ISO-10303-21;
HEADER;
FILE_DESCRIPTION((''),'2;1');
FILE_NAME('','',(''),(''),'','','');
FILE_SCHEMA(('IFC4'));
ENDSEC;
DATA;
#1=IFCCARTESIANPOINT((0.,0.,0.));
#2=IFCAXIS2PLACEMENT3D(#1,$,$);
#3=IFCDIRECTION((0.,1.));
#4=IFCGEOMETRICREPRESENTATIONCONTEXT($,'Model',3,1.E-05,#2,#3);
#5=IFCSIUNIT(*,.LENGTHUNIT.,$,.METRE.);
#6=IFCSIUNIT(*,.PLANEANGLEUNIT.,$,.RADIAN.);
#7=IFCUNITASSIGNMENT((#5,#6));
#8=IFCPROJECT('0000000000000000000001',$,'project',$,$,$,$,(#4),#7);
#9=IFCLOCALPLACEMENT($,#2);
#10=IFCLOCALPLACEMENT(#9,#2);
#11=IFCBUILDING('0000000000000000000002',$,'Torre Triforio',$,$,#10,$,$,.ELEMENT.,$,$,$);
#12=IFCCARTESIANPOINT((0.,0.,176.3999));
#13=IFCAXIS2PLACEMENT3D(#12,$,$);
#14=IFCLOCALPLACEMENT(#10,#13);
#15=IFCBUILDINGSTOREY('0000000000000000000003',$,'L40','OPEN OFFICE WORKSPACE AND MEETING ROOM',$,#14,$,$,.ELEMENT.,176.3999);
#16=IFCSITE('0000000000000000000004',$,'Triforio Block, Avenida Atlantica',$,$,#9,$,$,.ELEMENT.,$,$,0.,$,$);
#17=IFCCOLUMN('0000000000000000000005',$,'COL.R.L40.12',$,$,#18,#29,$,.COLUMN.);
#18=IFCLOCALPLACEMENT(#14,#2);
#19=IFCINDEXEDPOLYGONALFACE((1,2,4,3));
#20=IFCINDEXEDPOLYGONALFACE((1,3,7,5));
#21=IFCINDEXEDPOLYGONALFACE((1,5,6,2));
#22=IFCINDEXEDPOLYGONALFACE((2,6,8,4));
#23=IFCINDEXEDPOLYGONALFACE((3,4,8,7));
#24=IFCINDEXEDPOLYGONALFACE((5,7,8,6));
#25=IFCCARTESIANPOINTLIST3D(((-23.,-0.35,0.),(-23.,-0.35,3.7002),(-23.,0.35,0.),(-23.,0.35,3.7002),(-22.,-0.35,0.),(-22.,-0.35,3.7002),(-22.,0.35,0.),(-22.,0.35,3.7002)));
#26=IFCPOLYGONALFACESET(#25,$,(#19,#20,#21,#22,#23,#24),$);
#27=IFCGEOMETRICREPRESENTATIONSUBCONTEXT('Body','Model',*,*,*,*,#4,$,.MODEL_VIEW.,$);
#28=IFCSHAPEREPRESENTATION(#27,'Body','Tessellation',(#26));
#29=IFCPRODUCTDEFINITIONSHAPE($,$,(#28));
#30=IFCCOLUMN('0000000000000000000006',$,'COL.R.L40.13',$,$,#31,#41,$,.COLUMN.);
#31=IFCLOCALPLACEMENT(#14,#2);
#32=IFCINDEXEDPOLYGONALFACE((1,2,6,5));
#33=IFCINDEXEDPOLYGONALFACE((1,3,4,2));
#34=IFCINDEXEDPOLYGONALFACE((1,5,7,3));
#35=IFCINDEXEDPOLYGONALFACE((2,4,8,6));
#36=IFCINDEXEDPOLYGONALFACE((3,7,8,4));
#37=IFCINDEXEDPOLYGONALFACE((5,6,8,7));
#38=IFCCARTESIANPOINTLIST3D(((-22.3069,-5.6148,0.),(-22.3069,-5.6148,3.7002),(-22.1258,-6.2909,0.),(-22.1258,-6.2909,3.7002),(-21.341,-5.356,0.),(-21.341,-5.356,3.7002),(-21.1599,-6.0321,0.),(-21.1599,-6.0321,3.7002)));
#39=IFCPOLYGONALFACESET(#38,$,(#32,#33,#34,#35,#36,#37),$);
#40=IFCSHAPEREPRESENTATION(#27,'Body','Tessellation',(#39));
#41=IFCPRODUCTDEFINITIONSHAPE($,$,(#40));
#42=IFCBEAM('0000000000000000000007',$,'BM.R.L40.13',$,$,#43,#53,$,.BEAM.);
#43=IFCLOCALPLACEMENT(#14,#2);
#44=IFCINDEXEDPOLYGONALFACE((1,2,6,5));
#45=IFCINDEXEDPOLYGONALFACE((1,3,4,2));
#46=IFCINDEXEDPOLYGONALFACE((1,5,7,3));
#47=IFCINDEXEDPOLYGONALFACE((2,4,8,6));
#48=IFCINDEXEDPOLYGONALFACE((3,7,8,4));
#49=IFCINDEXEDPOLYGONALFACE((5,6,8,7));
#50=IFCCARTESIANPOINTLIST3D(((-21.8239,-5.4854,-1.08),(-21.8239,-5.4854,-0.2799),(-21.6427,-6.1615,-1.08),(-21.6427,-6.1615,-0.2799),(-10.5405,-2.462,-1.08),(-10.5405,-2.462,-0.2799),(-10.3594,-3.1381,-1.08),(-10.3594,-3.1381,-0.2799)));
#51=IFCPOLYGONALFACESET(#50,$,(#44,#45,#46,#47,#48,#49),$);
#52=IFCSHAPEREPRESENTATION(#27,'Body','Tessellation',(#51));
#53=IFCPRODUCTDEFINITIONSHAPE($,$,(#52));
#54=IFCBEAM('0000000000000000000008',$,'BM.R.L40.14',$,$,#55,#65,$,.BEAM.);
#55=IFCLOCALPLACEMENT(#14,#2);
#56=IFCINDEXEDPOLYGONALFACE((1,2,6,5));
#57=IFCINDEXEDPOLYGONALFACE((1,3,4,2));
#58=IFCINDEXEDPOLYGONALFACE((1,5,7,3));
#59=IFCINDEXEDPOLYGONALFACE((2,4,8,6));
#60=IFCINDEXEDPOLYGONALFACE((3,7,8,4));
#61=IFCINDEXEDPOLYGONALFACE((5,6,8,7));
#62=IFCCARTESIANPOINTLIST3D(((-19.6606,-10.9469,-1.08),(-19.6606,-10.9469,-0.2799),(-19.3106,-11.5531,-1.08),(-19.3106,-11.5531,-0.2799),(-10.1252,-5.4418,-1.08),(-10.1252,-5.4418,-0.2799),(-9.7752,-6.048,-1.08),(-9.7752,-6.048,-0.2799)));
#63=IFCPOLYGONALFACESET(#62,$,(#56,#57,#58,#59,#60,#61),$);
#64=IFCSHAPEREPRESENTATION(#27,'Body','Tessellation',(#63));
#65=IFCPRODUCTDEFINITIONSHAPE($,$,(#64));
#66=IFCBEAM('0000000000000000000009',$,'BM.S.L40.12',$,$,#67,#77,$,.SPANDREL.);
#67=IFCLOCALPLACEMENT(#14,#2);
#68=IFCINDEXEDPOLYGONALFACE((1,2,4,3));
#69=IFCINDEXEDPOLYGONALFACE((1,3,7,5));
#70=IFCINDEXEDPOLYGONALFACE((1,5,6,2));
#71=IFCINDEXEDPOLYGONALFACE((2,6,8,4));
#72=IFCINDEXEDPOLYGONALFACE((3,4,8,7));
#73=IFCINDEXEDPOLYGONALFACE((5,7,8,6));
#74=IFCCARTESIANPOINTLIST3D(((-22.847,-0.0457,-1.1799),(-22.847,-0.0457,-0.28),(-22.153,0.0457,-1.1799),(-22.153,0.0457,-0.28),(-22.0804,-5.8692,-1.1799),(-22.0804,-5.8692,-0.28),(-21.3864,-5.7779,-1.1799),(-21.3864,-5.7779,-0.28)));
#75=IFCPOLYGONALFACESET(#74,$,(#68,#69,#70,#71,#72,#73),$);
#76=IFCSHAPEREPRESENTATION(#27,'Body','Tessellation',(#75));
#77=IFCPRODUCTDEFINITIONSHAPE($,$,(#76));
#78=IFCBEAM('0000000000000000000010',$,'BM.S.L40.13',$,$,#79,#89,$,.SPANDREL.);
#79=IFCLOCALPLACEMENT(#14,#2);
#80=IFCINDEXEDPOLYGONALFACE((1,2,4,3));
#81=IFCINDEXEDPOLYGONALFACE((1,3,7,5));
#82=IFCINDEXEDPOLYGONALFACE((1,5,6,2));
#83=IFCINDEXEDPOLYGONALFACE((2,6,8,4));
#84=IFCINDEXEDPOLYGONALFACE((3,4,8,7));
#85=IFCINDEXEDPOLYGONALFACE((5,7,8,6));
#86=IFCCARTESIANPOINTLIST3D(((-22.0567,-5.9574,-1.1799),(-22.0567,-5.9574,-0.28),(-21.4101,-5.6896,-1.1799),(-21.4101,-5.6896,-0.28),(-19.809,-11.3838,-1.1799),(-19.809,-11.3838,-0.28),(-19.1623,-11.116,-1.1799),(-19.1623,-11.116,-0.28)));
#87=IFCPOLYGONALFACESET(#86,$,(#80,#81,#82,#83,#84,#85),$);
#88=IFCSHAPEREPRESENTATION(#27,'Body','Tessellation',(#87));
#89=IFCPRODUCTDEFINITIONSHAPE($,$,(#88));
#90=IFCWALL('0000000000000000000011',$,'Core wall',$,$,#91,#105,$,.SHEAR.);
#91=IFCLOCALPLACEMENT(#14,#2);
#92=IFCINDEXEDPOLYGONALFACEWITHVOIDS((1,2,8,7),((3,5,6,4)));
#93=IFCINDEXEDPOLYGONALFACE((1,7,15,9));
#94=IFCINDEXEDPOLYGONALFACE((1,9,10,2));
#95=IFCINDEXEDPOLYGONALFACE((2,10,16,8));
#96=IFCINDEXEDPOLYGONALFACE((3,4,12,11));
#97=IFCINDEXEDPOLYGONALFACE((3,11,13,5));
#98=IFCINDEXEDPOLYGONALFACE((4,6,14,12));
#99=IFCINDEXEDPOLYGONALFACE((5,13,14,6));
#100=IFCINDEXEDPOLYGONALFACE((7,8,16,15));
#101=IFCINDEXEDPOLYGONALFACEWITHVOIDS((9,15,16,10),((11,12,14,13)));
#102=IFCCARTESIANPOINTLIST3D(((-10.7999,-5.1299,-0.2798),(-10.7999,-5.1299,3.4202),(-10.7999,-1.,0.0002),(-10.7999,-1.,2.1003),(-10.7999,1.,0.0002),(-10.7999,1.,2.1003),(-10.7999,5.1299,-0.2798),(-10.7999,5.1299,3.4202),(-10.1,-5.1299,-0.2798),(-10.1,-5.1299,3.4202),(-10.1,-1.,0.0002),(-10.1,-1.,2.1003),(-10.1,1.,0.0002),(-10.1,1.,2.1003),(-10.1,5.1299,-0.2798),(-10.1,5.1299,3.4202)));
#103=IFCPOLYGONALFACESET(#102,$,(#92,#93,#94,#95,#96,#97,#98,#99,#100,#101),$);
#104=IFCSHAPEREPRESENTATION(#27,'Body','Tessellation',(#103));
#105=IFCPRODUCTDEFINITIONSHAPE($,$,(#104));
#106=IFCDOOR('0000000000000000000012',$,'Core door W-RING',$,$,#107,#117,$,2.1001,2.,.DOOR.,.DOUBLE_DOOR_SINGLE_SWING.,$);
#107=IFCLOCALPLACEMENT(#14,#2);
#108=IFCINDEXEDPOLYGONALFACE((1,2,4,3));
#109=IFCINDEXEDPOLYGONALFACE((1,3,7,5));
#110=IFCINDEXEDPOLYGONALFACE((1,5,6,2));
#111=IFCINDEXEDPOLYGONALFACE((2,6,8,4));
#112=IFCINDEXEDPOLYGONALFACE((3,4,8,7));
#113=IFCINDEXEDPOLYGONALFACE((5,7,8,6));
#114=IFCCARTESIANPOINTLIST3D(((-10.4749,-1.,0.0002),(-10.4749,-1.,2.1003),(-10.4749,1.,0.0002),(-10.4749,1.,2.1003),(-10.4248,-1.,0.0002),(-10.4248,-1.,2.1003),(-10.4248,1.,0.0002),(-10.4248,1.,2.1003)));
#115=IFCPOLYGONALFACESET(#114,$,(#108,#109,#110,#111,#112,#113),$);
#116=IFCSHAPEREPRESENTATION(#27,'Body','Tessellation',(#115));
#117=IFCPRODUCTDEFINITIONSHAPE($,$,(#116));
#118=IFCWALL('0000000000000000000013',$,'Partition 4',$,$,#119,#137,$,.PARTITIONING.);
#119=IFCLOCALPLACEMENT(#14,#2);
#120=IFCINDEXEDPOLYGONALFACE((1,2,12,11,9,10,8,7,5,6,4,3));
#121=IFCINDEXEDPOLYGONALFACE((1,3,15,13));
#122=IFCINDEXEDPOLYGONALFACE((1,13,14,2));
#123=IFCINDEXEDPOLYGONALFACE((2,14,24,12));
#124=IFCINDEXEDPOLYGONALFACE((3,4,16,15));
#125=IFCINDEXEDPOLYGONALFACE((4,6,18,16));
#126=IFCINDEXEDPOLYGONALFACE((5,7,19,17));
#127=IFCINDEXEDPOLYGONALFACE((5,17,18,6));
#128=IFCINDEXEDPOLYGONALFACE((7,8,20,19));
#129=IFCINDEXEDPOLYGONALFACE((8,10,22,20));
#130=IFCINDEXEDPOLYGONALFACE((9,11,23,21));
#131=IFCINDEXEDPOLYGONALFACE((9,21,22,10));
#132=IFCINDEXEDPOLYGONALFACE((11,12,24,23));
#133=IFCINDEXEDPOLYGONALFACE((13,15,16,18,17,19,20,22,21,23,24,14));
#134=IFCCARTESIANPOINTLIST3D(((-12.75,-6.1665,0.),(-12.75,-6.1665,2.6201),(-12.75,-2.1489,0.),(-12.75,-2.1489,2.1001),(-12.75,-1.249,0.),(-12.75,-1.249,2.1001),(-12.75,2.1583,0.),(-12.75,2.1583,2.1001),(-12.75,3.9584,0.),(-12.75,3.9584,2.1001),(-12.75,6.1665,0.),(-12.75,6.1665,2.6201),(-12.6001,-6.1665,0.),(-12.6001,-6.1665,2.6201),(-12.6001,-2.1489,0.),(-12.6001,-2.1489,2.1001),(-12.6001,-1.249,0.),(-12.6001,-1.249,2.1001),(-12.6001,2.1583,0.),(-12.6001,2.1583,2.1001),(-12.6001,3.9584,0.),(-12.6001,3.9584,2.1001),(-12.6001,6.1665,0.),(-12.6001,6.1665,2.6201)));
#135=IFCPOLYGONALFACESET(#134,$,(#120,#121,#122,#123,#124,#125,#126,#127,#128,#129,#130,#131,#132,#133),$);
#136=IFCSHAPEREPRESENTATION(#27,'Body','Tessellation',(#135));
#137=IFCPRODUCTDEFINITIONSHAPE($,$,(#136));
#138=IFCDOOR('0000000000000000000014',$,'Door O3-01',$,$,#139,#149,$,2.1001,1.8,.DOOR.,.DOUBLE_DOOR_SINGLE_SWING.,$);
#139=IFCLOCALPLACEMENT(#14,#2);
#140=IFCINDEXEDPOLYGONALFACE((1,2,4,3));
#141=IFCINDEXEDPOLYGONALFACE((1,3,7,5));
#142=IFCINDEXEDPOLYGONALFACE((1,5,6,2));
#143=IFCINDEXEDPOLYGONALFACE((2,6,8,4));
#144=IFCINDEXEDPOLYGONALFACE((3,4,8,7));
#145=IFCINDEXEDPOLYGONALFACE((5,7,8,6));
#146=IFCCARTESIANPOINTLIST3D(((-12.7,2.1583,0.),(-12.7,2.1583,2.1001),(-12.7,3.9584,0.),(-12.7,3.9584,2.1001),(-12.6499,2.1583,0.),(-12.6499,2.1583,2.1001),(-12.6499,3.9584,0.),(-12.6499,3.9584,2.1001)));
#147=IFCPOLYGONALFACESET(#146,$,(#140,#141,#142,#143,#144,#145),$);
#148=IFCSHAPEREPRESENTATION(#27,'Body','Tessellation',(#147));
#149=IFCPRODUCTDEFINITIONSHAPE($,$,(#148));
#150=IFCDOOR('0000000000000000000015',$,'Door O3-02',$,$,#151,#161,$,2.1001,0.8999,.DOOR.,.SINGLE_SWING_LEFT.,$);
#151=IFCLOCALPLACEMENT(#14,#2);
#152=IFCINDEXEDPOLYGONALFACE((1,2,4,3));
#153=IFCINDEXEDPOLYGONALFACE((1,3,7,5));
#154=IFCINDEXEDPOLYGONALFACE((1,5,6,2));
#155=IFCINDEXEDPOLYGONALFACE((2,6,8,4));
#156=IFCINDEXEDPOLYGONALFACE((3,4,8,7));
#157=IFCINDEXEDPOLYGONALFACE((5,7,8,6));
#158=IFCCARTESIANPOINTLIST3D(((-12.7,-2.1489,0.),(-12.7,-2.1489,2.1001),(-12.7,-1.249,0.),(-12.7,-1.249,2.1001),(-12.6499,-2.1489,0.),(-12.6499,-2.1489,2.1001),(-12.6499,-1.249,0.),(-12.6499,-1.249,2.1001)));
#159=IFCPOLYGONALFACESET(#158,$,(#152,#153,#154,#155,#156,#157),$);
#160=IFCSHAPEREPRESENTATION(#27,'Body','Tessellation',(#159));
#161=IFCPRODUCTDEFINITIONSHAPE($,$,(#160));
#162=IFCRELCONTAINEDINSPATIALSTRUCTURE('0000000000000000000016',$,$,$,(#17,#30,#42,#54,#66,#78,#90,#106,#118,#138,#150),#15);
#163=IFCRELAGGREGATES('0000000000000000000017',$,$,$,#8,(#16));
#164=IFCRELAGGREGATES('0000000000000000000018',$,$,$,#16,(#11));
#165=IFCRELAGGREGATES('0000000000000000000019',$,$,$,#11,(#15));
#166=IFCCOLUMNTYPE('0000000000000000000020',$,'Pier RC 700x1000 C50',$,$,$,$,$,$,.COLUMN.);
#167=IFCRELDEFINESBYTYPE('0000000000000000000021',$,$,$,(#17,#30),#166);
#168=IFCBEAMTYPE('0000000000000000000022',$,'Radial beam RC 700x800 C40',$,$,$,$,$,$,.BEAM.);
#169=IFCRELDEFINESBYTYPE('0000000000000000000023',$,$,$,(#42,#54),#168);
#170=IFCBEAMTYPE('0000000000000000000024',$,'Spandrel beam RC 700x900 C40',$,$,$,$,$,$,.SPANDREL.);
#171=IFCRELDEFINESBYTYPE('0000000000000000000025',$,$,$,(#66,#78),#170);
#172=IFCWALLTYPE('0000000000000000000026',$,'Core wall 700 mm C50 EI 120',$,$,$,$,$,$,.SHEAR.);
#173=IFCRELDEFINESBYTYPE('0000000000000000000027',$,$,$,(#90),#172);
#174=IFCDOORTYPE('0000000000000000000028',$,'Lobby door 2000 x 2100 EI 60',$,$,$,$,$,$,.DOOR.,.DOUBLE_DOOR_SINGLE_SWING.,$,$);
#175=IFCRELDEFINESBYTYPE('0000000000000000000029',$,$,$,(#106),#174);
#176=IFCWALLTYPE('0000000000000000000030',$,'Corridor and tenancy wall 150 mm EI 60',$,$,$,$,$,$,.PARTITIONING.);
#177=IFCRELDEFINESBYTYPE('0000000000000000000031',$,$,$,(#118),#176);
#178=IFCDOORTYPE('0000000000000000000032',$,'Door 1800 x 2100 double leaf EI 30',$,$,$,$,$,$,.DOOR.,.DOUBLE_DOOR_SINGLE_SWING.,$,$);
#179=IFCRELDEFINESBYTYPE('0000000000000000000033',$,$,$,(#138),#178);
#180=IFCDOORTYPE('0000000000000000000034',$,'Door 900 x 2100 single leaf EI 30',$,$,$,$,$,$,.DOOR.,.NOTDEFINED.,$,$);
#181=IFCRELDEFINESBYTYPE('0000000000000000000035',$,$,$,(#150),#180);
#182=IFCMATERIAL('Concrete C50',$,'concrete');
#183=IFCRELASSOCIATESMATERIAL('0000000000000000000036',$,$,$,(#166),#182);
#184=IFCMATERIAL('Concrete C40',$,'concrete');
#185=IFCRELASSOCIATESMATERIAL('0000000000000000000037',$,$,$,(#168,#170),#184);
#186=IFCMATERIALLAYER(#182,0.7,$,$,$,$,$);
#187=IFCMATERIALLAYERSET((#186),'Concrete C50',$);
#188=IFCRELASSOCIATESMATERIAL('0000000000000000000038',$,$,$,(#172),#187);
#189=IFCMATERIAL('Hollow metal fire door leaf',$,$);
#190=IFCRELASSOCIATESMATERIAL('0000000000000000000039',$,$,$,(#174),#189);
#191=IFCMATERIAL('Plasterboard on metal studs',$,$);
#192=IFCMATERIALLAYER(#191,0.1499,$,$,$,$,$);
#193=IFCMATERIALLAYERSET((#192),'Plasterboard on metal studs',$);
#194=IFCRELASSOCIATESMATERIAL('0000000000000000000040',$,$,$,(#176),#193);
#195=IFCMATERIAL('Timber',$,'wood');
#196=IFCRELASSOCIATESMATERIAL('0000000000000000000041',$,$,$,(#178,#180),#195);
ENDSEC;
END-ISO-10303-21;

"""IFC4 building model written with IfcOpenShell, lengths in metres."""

from ifc_helpers import new_model, si_unit, direction, frame, frame_2d, origin, origin_2d, place, context, subcontext, project, spatial, rectangle, extrude, material, layer, layer_set, material_profile, profile_set, type_object, element, fill, save


model = new_model("IFC4")

# Units and contexts
model_context = context("Model", 3, precision=1e-05, world=origin(), true_north=direction((0.0, 1.0)))
body_context = subcontext(model_context, "Body", "Model", "MODEL_VIEW")
ifc_project = project(units=[si_unit("LENGTHUNIT", "METRE"), si_unit("PLANEANGLEUNIT", "RADIAN")], contexts=[model_context])

# Site, building, storey
site_placement = place(None, origin())
site = spatial("IfcSite", under=ifc_project, at=site_placement, Name="Triforio Block, Avenida Atlantica", CompositionType="ELEMENT", RefElevation=0.0)
building_placement = place(site_placement, origin())
building = spatial("IfcBuilding", under=site, at=building_placement, Name="Torre Triforio", CompositionType="ELEMENT")
storey_placement = place(building_placement, frame((0.0, 0.0, 176.3999)))
storey = spatial("IfcBuildingStorey", under=building, at=storey_placement, Name="L40", Description="OPEN OFFICE WORKSPACE AND MEETING ROOM", CompositionType="ELEMENT", Elevation=176.3999)

# Columns
ifc_material_1 = material(Name="Concrete C50", Category="concrete")
ifc_material_profile_1 = material_profile(ifc_material_1, rectangle(XDim=0.7, YDim=1.0, at=origin_2d()), Name="RC 700x1000")
ifc_profile_set_1 = profile_set([ifc_material_profile_1], Name="Concrete C50")
column_type = type_object("IfcColumnType", Name="Pier RC 700x1000 C50", PredefinedType="COLUMN", material=ifc_profile_set_1)
for number, where, z_axis, x_axis, name in (
    (1, (-22.5, 0.0, 0.0), (0.0, 0.0, 1.0), (0.0, -1.0, 0.0), "COL.R.L40.12"),
    (2, (-21.7334, -5.8235, 0.0), (0.0, 0.0, 1.0), (0.258819, -0.965926, 0.0), "COL.R.L40.13"),
):
    element("IfcColumn", number, at=place(storey_placement, frame(where, z_axis=z_axis, x_axis=x_axis)), inside=storey, type_object=column_type, Name=name, PredefinedType="COLUMN", context=body_context, shape_type="SweptSolid", body=[
        extrude(rectangle(XDim=0.7, YDim=1.0, at=origin_2d()), origin(), (0.0, 0.0, 1.0), 3.7002),
    ])

# Beams
ifc_material_2 = material(Name="Concrete C40", Category="concrete")
ifc_material_profile_2 = material_profile(ifc_material_2, rectangle(XDim=0.7, YDim=0.8, at=origin_2d()), Name="RC 700x800")
ifc_profile_set_2 = profile_set([ifc_material_profile_2], Name="Concrete C40")
beam_type_1 = type_object("IfcBeamType", Name="Radial beam RC 700x800 C40", PredefinedType="BEAM", material=ifc_profile_set_2)
beam_1_placement = place(storey_placement, frame((-10.45, -2.8, -0.6799), z_axis=(-0.965925, -0.258823, 0.0), x_axis=(0.258823, -0.965925, 0.0)))
element("IfcBeam", 3, at=beam_1_placement, inside=storey, type_object=beam_type_1, Name="BM.R.L40.13", PredefinedType="BEAM", context=body_context, shape_type="SweptSolid", body=[
    extrude(rectangle(XDim=0.7, YDim=0.8, at=origin_2d()), origin(), (0.0, 0.0, 1.0), 11.6814),
])
beam_2_placement = place(storey_placement, frame((-9.9502, -5.7449, -0.6799), z_axis=(-0.866031, -0.499991, 0.0), x_axis=(0.499991, -0.866031, 0.0)))
element("IfcBeam", 4, at=beam_2_placement, inside=storey, type_object=beam_type_1, Name="BM.R.L40.14", PredefinedType="BEAM", context=body_context, shape_type="SweptSolid", body=[
    extrude(rectangle(XDim=0.7, YDim=0.8, at=origin_2d()), origin(), (0.0, 0.0, 1.0), 11.0105),
])
ifc_material_profile_3 = material_profile(ifc_material_2, rectangle(XDim=0.7, YDim=0.8999, at=origin_2d()), Name="RC 700x900")
ifc_profile_set_3 = profile_set([ifc_material_profile_3], Name="Concrete C40")
beam_type_2 = type_object("IfcBeamType", Name="Spandrel beam RC 700x900 C40", PredefinedType="SPANDREL", material=ifc_profile_set_3)
beam_3_placement = place(storey_placement, frame((-22.5, 0.0, -0.73), z_axis=(0.130514, -0.991447, 0.0), x_axis=(0.991447, 0.130514, 0.0)))
element("IfcBeam", 5, at=beam_3_placement, inside=storey, type_object=beam_type_2, Name="BM.S.L40.12", PredefinedType="SPANDREL", context=body_context, shape_type="SweptSolid", body=[
    extrude(rectangle(XDim=0.7, YDim=0.8999, at=origin_2d()), origin(), (0.0, 0.0, 1.0), 5.8738),
])
beam_4_placement = place(storey_placement, frame((-21.7334, -5.8235, -0.73), z_axis=(0.382693, -0.923875, 0.0), x_axis=(0.923875, 0.382693, 0.0)))
element("IfcBeam", 6, at=beam_4_placement, inside=storey, type_object=beam_type_2, Name="BM.S.L40.13", PredefinedType="SPANDREL", context=body_context, shape_type="SweptSolid", body=[
    extrude(rectangle(XDim=0.7, YDim=0.8999, at=origin_2d()), origin(), (0.0, 0.0, 1.0), 5.8735),
])

# Wall, opening, door
ifc_layer_1 = layer(ifc_material_1, 0.7)
ifc_layer_set_1 = layer_set([ifc_layer_1], Name="Concrete C50")
wall_type_1 = type_object("IfcWallType", Name="Core wall 700 mm C50 EI 120", PredefinedType="SHEAR", material=ifc_layer_set_1)
wall_1_placement = place(storey_placement, frame((-10.45, -5.1299, -0.2798), z_axis=(0.0, 0.0, 1.0), x_axis=(0.0, 1.0, 0.0)))
wall_1 = element("IfcWall", 7, at=wall_1_placement, inside=storey, type_object=wall_type_1, Name="Core wall", PredefinedType="SHEAR", context=body_context, shape_type="SweptSolid", body=[
    extrude(rectangle(XDim=10.2598, YDim=0.7, at=frame_2d((5.1299, 0.0))), origin(), (0.0, 0.0, 1.0), 3.7),
])
opening_1_placement = place(wall_1_placement, frame((4.1299, 0.0, 0.28)))
opening_1 = element("IfcOpeningElement", 8, at=opening_1_placement, cuts=wall_1, PredefinedType="OPENING", context=body_context, shape_type="SweptSolid", body=[
    extrude(rectangle(XDim=2.0, YDim=2.1001, at=frame_2d((1.0, 1.05))), frame((0.0, 0.3599, 0.0), z_axis=(0.0, -1.0, 0.0), x_axis=(1.0, 0.0, 0.0)), (0.0, 0.0, 1.0), 0.72),
])
ifc_material_3 = material(Name="Hollow metal fire door leaf")
door_type_1 = type_object("IfcDoorType", Name="Lobby door 2000 x 2100 EI 60", OperationType="DOUBLE_DOOR_SINGLE_SWING", PredefinedType="DOOR", material=ifc_material_3)
door_1_placement = place(opening_1_placement, origin())
door_1 = element("IfcDoor", 9, at=door_1_placement, inside=storey, type_object=door_type_1, Name="Core door W-RING", OperationType="DOUBLE_DOOR_SINGLE_SWING", OverallHeight=2.1001, OverallWidth=2.0, PredefinedType="DOOR", context=body_context, shape_type="SweptSolid", body=[
    extrude(rectangle(XDim=2.0, YDim=2.1001, at=frame_2d((1.0, 1.05))), frame((0.0, 0.0249, 0.0), z_axis=(0.0, -1.0, 0.0), x_axis=(1.0, 0.0, 0.0)), (0.0, 0.0, 1.0), 0.05),
])
fill(opening_1, door_1)

# Wall, openings, doors
ifc_material_4 = material(Name="Plasterboard on metal studs")
ifc_layer_2 = layer(ifc_material_4, 0.1499)
ifc_layer_set_2 = layer_set([ifc_layer_2], Name="Plasterboard on metal studs")
wall_type_2 = type_object("IfcWallType", Name="Corridor and tenancy wall 150 mm EI 60", PredefinedType="PARTITIONING", material=ifc_layer_set_2)
wall_2_placement = place(storey_placement, frame((-12.675, -6.1665, 0.0), z_axis=(0.0, 0.0, 1.0), x_axis=(0.0, 1.0, 0.0)))
wall_2 = element("IfcWall", 10, at=wall_2_placement, inside=storey, type_object=wall_type_2, Name="Partition 4", PredefinedType="PARTITIONING", context=body_context, shape_type="SweptSolid", body=[
    extrude(rectangle(XDim=12.333, YDim=0.1499, at=frame_2d((6.1665, 0.0))), origin(), (0.0, 0.0, 1.0), 2.6201),
])
opening_2_placement = place(wall_2_placement, frame((8.325, 0.0, 0.0)))
opening_2 = element("IfcOpeningElement", 11, at=opening_2_placement, cuts=wall_2, PredefinedType="OPENING", context=body_context, shape_type="SweptSolid", body=[
    extrude(rectangle(XDim=1.8, YDim=2.1001, at=frame_2d((0.8999, 1.05))), frame((0.0, 0.085, 0.0), z_axis=(0.0, -1.0, 0.0), x_axis=(1.0, 0.0, 0.0)), (0.0, 0.0, 1.0), 0.1699),
])
opening_3_placement = place(wall_2_placement, frame((4.0176, 0.0, 0.0)))
opening_3 = element("IfcOpeningElement", 12, at=opening_3_placement, cuts=wall_2, PredefinedType="OPENING", context=body_context, shape_type="SweptSolid", body=[
    extrude(rectangle(XDim=0.8999, YDim=2.1001, at=frame_2d((0.45, 1.05))), frame((0.0, 0.085, 0.0), z_axis=(0.0, -1.0, 0.0), x_axis=(1.0, 0.0, 0.0)), (0.0, 0.0, 1.0), 0.1699),
])
ifc_material_5 = material(Name="Timber", Category="wood")
door_type_2 = type_object("IfcDoorType", Name="Door 1800 x 2100 double leaf EI 30", OperationType="DOUBLE_DOOR_SINGLE_SWING", PredefinedType="DOOR", material=ifc_material_5)
door_2_placement = place(opening_2_placement, origin())
door_2 = element("IfcDoor", 13, at=door_2_placement, inside=storey, type_object=door_type_2, Name="Door O3-01", OperationType="DOUBLE_DOOR_SINGLE_SWING", OverallHeight=2.1001, OverallWidth=1.8, PredefinedType="DOOR", context=body_context, shape_type="SweptSolid", body=[
    extrude(rectangle(XDim=1.8, YDim=2.1001, at=frame_2d((0.8999, 1.05))), frame((0.0, 0.0249, 0.0), z_axis=(0.0, -1.0, 0.0), x_axis=(1.0, 0.0, 0.0)), (0.0, 0.0, 1.0), 0.05),
])
fill(opening_2, door_2)
door_type_3 = type_object("IfcDoorType", Name="Door 900 x 2100 single leaf EI 30", OperationType="NOTDEFINED", PredefinedType="DOOR", material=ifc_material_5)
door_3_placement = place(opening_3_placement, origin())
door_3 = element("IfcDoor", 14, at=door_3_placement, inside=storey, type_object=door_type_3, Name="Door O3-02", OperationType="SINGLE_SWING_LEFT", OverallHeight=2.1001, OverallWidth=0.8999, PredefinedType="DOOR", context=body_context, shape_type="SweptSolid", body=[
    extrude(rectangle(XDim=0.8999, YDim=2.1001, at=frame_2d((0.45, 1.05))), frame((0.0, 0.0249, 0.0), z_axis=(0.0, -1.0, 0.0), x_axis=(1.0, 0.0, 0.0)), (0.0, 0.0, 1.0), 0.05),
])
fill(opening_3, door_3)

save(model, "model.ifc")
